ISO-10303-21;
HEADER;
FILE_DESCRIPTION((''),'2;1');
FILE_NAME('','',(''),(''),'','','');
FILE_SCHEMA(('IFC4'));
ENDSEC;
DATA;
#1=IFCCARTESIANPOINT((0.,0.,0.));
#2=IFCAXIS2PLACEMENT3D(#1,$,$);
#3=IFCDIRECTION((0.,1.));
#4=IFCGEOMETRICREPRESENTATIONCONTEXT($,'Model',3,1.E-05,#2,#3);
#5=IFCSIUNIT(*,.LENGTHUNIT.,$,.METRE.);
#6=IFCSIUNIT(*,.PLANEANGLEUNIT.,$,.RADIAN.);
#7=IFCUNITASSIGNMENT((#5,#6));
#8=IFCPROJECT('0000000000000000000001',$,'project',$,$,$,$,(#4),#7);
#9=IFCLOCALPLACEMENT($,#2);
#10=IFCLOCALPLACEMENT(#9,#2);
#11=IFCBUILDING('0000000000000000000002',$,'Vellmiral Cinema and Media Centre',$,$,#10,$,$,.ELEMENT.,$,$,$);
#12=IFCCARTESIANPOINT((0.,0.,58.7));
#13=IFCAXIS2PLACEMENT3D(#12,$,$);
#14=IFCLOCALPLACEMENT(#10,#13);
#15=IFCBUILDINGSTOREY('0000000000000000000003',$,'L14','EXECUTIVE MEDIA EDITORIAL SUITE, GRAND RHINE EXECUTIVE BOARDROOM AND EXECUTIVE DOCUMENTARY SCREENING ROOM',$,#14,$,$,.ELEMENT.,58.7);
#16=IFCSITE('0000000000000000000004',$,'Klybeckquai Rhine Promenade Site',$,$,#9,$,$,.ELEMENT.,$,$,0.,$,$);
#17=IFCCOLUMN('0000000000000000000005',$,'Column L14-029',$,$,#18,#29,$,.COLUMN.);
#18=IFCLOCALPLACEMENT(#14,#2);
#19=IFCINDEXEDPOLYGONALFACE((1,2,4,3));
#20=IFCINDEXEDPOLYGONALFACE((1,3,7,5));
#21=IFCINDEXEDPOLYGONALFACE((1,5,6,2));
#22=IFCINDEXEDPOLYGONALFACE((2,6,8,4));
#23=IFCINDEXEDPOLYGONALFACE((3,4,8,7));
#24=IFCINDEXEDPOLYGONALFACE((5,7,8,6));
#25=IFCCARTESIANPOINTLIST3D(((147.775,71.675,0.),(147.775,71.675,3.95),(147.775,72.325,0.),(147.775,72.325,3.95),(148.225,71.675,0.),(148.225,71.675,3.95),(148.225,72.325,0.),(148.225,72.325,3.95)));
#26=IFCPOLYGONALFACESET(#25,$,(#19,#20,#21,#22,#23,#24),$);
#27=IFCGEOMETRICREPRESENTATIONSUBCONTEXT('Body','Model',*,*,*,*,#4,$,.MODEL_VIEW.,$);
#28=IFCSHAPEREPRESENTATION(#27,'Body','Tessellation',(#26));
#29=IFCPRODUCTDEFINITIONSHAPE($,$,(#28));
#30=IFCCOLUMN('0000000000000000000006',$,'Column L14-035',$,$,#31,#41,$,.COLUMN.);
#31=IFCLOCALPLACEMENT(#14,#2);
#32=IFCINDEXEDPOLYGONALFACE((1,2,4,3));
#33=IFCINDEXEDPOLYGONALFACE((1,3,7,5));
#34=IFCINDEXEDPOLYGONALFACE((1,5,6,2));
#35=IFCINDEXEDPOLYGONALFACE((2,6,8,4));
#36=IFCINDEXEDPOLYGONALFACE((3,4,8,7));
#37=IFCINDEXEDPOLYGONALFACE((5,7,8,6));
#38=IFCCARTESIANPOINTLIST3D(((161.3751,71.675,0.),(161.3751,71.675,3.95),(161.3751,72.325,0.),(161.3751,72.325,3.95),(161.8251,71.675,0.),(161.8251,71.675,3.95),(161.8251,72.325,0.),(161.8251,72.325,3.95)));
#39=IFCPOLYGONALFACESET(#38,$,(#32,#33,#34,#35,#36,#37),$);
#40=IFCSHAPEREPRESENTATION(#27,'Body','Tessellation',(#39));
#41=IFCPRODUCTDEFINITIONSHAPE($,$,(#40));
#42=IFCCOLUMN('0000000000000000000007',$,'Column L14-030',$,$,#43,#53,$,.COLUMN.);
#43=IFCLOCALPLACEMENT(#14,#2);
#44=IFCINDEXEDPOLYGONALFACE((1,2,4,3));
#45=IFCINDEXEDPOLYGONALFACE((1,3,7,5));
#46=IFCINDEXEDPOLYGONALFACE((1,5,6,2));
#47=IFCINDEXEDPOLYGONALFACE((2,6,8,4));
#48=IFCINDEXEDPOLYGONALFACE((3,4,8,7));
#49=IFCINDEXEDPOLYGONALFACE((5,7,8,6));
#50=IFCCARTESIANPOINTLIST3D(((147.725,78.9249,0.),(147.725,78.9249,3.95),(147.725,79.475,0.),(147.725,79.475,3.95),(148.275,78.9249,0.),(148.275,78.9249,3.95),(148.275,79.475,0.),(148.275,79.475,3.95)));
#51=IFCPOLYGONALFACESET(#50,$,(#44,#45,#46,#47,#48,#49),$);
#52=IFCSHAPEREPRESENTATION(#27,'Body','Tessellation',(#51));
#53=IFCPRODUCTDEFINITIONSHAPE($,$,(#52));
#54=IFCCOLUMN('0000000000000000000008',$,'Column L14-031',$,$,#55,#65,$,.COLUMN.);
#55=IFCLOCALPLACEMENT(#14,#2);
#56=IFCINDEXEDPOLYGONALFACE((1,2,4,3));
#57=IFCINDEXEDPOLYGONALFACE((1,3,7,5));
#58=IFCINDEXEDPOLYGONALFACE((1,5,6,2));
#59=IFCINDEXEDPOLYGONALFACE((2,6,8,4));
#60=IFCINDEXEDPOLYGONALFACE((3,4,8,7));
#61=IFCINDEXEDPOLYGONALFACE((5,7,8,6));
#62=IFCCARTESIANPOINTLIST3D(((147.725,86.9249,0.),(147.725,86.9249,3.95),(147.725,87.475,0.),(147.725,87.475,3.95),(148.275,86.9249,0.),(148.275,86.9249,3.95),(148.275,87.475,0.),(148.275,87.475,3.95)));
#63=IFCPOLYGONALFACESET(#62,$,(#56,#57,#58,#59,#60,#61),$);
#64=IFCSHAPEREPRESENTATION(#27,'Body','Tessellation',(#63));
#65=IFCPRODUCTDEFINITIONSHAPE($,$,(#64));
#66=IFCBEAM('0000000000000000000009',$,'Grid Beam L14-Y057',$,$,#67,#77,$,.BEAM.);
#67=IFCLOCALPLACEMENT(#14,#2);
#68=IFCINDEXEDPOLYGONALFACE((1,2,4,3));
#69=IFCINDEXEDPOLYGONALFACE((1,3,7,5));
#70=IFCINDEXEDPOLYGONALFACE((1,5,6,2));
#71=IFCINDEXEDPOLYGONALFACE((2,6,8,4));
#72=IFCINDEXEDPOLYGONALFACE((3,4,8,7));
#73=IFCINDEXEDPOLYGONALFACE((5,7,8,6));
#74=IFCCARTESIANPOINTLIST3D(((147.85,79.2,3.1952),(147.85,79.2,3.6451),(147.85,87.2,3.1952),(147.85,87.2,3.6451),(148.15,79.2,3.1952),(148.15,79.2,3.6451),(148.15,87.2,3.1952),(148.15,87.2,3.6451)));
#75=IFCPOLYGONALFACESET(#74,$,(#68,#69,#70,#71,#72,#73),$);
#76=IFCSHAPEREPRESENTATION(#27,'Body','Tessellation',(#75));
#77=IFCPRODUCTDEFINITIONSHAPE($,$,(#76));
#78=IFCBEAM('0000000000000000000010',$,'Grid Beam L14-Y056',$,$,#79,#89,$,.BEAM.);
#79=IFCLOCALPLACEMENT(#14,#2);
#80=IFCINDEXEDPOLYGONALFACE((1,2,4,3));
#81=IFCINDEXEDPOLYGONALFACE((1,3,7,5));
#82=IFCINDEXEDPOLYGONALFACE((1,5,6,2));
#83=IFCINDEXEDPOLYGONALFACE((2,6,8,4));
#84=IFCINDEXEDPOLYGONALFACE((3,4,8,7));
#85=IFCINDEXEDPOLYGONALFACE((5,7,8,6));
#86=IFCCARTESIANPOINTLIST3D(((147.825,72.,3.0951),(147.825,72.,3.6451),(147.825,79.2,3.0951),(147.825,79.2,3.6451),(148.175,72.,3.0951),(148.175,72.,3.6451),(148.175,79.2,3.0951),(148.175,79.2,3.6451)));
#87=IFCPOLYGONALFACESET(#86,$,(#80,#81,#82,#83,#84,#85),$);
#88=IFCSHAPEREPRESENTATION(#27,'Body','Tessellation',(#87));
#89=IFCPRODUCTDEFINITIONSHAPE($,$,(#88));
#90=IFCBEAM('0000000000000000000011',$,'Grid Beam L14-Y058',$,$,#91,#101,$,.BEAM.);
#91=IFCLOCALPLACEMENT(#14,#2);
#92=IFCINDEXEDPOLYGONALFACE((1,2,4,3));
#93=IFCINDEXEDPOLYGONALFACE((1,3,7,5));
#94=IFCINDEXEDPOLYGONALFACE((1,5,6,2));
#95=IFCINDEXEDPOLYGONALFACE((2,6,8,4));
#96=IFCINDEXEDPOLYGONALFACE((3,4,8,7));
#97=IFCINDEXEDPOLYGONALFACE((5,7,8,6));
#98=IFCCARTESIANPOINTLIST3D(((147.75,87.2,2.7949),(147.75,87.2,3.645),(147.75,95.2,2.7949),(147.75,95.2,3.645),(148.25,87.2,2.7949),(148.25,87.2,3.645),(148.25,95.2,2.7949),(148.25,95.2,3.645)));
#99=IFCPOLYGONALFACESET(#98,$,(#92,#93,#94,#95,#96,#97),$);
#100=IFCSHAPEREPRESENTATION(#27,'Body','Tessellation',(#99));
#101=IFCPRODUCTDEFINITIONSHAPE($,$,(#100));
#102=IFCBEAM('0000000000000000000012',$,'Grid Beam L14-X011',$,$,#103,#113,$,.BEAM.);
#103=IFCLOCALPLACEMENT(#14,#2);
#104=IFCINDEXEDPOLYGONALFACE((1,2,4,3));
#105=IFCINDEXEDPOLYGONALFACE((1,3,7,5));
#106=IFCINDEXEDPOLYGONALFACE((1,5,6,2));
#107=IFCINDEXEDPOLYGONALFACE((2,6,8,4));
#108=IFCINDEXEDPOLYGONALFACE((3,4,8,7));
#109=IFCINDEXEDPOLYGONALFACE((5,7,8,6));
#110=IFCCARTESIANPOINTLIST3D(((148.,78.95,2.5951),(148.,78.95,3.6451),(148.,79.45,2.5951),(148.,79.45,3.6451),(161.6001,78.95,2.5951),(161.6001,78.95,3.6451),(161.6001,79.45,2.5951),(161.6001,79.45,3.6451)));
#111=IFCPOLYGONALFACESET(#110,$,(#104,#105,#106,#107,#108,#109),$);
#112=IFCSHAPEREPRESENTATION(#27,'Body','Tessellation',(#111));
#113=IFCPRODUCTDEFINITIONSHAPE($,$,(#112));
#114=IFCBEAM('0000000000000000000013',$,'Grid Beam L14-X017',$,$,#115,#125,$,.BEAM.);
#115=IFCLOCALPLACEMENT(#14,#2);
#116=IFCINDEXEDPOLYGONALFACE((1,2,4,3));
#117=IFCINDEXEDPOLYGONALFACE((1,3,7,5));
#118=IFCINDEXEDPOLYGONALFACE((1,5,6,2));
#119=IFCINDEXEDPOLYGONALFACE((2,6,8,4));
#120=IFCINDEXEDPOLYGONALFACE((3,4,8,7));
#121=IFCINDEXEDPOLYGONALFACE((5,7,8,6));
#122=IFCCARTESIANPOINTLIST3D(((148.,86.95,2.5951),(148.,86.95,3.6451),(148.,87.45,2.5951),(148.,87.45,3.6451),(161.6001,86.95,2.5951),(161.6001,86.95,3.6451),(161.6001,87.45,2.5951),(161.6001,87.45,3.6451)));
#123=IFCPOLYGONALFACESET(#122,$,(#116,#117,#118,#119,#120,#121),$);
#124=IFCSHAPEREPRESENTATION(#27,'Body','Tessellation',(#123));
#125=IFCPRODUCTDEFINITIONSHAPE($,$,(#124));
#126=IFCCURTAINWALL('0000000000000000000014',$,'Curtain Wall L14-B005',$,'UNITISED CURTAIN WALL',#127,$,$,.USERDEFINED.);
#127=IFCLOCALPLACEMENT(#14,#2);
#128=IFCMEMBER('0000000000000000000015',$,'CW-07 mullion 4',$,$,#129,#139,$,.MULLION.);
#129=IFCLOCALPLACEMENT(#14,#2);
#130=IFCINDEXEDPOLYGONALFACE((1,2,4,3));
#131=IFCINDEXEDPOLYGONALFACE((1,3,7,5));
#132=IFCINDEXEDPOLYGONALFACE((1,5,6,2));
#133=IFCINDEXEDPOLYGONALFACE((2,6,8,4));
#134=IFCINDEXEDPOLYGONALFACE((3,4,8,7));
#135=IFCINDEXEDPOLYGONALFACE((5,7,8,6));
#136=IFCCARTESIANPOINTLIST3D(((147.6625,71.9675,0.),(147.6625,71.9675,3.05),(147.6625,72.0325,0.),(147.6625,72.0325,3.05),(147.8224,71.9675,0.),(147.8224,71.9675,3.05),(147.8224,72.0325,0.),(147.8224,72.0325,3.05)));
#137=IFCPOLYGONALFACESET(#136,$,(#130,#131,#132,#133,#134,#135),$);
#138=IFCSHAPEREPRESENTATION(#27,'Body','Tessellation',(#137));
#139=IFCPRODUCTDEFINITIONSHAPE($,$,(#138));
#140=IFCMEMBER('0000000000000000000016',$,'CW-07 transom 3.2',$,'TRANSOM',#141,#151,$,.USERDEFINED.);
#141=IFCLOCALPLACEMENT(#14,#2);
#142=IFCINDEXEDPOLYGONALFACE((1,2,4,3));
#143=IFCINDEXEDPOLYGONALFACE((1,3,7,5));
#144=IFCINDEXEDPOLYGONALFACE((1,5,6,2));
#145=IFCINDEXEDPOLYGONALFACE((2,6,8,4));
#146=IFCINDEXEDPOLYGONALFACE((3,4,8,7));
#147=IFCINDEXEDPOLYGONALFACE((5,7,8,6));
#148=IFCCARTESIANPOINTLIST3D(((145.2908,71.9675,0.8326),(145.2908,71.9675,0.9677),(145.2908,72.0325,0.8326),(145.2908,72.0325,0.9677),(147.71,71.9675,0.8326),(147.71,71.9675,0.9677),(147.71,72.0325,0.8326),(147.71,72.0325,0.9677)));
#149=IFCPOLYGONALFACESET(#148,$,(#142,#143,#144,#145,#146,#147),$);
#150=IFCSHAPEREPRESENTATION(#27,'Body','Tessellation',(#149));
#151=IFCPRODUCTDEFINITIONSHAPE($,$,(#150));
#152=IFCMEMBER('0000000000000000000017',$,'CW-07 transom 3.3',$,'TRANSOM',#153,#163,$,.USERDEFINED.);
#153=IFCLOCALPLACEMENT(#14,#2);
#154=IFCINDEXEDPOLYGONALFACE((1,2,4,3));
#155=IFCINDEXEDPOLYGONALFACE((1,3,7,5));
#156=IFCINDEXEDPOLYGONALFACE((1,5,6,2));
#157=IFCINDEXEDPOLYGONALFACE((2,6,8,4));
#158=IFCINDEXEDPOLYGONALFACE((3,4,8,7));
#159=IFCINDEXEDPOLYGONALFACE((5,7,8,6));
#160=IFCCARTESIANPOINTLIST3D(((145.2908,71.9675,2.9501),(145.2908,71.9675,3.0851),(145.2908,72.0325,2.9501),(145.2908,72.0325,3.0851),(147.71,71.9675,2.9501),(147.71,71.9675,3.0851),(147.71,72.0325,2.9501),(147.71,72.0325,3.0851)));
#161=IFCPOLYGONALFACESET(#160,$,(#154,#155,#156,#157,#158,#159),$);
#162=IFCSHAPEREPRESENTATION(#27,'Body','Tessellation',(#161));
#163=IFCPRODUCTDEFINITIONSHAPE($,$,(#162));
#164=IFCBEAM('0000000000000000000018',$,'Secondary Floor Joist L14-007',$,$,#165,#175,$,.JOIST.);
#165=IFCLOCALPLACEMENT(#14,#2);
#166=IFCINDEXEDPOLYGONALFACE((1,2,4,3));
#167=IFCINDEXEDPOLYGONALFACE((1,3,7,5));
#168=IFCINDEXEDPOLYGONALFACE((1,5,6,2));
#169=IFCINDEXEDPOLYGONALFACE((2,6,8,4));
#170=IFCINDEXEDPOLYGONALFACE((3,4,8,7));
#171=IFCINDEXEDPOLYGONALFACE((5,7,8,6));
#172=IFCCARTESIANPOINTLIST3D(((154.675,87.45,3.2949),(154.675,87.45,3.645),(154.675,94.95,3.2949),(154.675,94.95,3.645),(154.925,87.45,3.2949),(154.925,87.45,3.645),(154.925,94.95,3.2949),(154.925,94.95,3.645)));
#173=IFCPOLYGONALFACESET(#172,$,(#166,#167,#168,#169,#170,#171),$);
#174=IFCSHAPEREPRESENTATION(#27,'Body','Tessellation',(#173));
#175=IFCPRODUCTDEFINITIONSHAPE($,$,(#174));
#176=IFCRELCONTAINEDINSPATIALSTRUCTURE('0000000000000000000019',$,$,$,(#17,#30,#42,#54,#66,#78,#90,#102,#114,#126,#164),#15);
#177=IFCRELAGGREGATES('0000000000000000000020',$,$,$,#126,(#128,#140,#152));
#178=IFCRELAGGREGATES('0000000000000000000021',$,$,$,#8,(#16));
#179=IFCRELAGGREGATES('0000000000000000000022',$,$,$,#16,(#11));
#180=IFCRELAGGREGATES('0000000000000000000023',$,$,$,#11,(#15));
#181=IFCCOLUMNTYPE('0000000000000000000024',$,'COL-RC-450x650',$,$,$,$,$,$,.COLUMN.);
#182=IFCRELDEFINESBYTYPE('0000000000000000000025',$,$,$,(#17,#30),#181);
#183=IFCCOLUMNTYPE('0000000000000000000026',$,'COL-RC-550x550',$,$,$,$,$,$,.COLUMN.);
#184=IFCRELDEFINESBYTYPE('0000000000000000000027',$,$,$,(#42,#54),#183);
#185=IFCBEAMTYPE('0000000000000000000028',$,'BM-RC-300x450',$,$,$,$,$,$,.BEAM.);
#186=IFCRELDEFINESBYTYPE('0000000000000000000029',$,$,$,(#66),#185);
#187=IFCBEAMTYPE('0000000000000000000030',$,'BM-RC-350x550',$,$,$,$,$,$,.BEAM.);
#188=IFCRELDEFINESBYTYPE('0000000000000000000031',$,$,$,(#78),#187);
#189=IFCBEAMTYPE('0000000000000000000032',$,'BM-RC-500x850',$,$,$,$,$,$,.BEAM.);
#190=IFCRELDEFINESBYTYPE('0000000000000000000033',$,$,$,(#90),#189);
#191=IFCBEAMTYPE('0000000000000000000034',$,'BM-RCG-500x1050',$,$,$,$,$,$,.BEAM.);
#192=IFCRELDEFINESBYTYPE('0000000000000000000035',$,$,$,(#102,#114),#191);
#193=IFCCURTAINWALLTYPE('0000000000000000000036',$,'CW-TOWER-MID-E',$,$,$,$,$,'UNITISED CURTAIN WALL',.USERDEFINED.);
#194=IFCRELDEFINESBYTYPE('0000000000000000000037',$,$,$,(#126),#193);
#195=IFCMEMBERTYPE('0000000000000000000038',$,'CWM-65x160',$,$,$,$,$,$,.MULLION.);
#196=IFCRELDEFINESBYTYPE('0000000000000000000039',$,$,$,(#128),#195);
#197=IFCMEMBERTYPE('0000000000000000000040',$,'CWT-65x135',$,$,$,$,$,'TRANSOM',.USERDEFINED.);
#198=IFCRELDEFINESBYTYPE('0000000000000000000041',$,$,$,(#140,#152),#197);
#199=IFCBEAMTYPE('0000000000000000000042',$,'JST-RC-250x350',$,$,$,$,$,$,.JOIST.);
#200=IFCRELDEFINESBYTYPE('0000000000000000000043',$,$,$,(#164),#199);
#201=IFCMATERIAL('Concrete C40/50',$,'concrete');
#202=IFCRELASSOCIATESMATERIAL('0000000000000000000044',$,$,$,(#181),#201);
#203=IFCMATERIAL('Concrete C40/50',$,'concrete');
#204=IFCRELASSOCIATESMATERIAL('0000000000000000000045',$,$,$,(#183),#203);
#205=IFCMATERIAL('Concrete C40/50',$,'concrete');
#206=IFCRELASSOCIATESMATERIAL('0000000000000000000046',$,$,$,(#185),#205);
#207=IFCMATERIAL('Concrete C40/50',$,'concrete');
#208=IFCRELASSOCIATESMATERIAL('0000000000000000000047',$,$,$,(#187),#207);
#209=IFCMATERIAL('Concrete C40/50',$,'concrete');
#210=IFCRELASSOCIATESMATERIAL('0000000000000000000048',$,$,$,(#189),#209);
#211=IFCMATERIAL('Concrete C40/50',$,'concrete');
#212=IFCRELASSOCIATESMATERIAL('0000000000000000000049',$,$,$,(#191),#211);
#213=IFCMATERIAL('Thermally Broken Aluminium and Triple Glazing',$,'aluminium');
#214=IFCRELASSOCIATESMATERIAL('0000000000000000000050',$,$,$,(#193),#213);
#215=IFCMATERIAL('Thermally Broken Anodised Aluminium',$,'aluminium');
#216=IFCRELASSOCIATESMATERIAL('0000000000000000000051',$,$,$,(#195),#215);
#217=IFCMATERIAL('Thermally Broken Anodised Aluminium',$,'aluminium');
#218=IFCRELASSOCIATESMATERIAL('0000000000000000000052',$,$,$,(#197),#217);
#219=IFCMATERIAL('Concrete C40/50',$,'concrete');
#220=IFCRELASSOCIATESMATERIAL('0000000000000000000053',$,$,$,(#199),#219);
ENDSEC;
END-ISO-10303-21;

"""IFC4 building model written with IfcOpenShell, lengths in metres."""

from ifc_helpers import new_model, si_unit, direction, frame, origin, origin_2d, place, context, subcontext, project, spatial, rectangle, extrude, material, material_profile, profile_set, type_object, element, aggregate, save


model = new_model("IFC4")

# Units and contexts
model_context = context("Model", 3, precision=1e-05, world=origin(), true_north=direction((0.0, 1.0)))
body_context = subcontext(model_context, "Body", "Model", "MODEL_VIEW")
ifc_project = project(units=[si_unit("LENGTHUNIT", "METRE"), si_unit("PLANEANGLEUNIT", "RADIAN")], contexts=[model_context])

# Site, building, storey
site_placement = place(None, origin())
site = spatial("IfcSite", under=ifc_project, at=site_placement, Name="Klybeckquai Rhine Promenade Site", CompositionType="ELEMENT", RefElevation=0.0)
building_placement = place(site_placement, origin())
building = spatial("IfcBuilding", under=site, at=building_placement, Name="Vellmiral Cinema and Media Centre", CompositionType="ELEMENT")
storey_placement = place(building_placement, frame((0.0, 0.0, 58.7)))
storey = spatial("IfcBuildingStorey", under=building, at=storey_placement, Name="L14", Description="EXECUTIVE MEDIA EDITORIAL SUITE, GRAND RHINE EXECUTIVE BOARDROOM AND EXECUTIVE DOCUMENTARY SCREENING ROOM", CompositionType="ELEMENT", Elevation=58.7)

# Columns
ifc_material_1 = material(Name="Concrete C40/50", Category="concrete")
ifc_material_profile_1 = material_profile(ifc_material_1, rectangle(XDim=0.45, YDim=0.6499, at=origin_2d()), Name="RC 450x650")
ifc_profile_set_1 = profile_set([ifc_material_profile_1], Name="Concrete C40/50")
column_type_1 = type_object("IfcColumnType", Name="COL-RC-450x650", PredefinedType="COLUMN", material=ifc_profile_set_1)
for number, where, z_axis, x_axis, name in (
    (1, (148.0, 72.0, 0.0), (0.0, 0.0, 1.0), (1.0, 0.0, 0.0), "Column L14-029"),
    (2, (161.6001, 72.0, 0.0), (0.0, 0.0, 1.0), (1.0, 0.0, 0.0), "Column L14-035"),
):
    element("IfcColumn", number, at=place(storey_placement, frame(where, z_axis=z_axis, x_axis=x_axis)), inside=storey, type_object=column_type_1, Name=name, PredefinedType="COLUMN", context=body_context, shape_type="SweptSolid", body=[
        extrude(rectangle(XDim=0.45, YDim=0.6499, at=origin_2d()), origin(), (0.0, 0.0, 1.0), 3.95),
    ])
ifc_material_2 = material(Name="Concrete C40/50", Category="concrete")
ifc_material_profile_2 = material_profile(ifc_material_2, rectangle(XDim=0.55, YDim=0.55, at=origin_2d()), Name="RC 550x550")
ifc_profile_set_2 = profile_set([ifc_material_profile_2], Name="Concrete C40/50")
column_type_2 = type_object("IfcColumnType", Name="COL-RC-550x550", PredefinedType="COLUMN", material=ifc_profile_set_2)
for number, where, z_axis, x_axis, name in (
    (3, (148.0, 79.2, 0.0), (0.0, 0.0, 1.0), (1.0, 0.0, 0.0), "Column L14-030"),
    (4, (148.0, 87.2, 0.0), (0.0, 0.0, 1.0), (1.0, 0.0, 0.0), "Column L14-031"),
):
    element("IfcColumn", number, at=place(storey_placement, frame(where, z_axis=z_axis, x_axis=x_axis)), inside=storey, type_object=column_type_2, Name=name, PredefinedType="COLUMN", context=body_context, shape_type="SweptSolid", body=[
        extrude(rectangle(XDim=0.55, YDim=0.55, at=origin_2d()), origin(), (0.0, 0.0, 1.0), 3.95),
    ])

# Beams
ifc_material_3 = material(Name="Concrete C40/50", Category="concrete")
ifc_material_profile_3 = material_profile(ifc_material_3, rectangle(XDim=0.3, YDim=0.45, at=origin_2d()), Name="RC 300x450")
ifc_profile_set_3 = profile_set([ifc_material_profile_3], Name="Concrete C40/50")
beam_type_1 = type_object("IfcBeamType", Name="BM-RC-300x450", PredefinedType="BEAM", material=ifc_profile_set_3)
beam_1_placement = place(storey_placement, frame((148.0, 79.2, 3.4202), z_axis=(0.0, 1.0, 0.0), x_axis=(-1.0, 0.0, 0.0)))
element("IfcBeam", 5, at=beam_1_placement, inside=storey, type_object=beam_type_1, Name="Grid Beam L14-Y057", PredefinedType="BEAM", context=body_context, shape_type="SweptSolid", body=[
    extrude(rectangle(XDim=0.3, YDim=0.45, at=origin_2d()), origin(), (0.0, 0.0, 1.0), 8.0),
])
ifc_material_4 = material(Name="Concrete C40/50", Category="concrete")
ifc_material_profile_4 = material_profile(ifc_material_4, rectangle(XDim=0.3501, YDim=0.55, at=origin_2d()), Name="RC 350x550")
ifc_profile_set_4 = profile_set([ifc_material_profile_4], Name="Concrete C40/50")
beam_type_2 = type_object("IfcBeamType", Name="BM-RC-350x550", PredefinedType="BEAM", material=ifc_profile_set_4)
beam_2_placement = place(storey_placement, frame((148.0, 72.0, 3.3701), z_axis=(0.0, 1.0, 0.0), x_axis=(-1.0, 0.0, 0.0)))
element("IfcBeam", 6, at=beam_2_placement, inside=storey, type_object=beam_type_2, Name="Grid Beam L14-Y056", PredefinedType="BEAM", context=body_context, shape_type="SweptSolid", body=[
    extrude(rectangle(XDim=0.3501, YDim=0.55, at=origin_2d()), origin(), (0.0, 0.0, 1.0), 7.2),
])
ifc_material_5 = material(Name="Concrete C40/50", Category="concrete")
ifc_material_profile_5 = material_profile(ifc_material_5, rectangle(XDim=0.5, YDim=0.8501, at=origin_2d()), Name="RC 500x850")
ifc_profile_set_5 = profile_set([ifc_material_profile_5], Name="Concrete C40/50")
beam_type_3 = type_object("IfcBeamType", Name="BM-RC-500x850", PredefinedType="BEAM", material=ifc_profile_set_5)
beam_3_placement = place(storey_placement, frame((148.0, 87.2, 3.22), z_axis=(0.0, 1.0, 0.0), x_axis=(-1.0, 0.0, 0.0)))
element("IfcBeam", 7, at=beam_3_placement, inside=storey, type_object=beam_type_3, Name="Grid Beam L14-Y058", PredefinedType="BEAM", context=body_context, shape_type="SweptSolid", body=[
    extrude(rectangle(XDim=0.5, YDim=0.8501, at=origin_2d()), origin(), (0.0, 0.0, 1.0), 8.0),
])
ifc_material_6 = material(Name="Concrete C40/50", Category="concrete")
ifc_material_profile_6 = material_profile(ifc_material_6, rectangle(XDim=0.5, YDim=1.05, at=origin_2d()), Name="RC 500x1050")
ifc_profile_set_6 = profile_set([ifc_material_profile_6], Name="Concrete C40/50")
beam_type_4 = type_object("IfcBeamType", Name="BM-RCG-500x1050", PredefinedType="BEAM", material=ifc_profile_set_6)
for number, where, z_axis, x_axis, name in (
    (8, (148.0, 79.2, 3.1201), (1.0, 0.0, 0.0), (0.0, 1.0, 0.0), "Grid Beam L14-X011"),
    (9, (148.0, 87.2, 3.1201), (1.0, 0.0, 0.0), (0.0, 1.0, 0.0), "Grid Beam L14-X017"),
):
    element("IfcBeam", number, at=place(storey_placement, frame(where, z_axis=z_axis, x_axis=x_axis)), inside=storey, type_object=beam_type_4, Name=name, PredefinedType="BEAM", context=body_context, shape_type="SweptSolid", body=[
        extrude(rectangle(XDim=0.5, YDim=1.05, at=origin_2d()), origin(), (0.0, 0.0, 1.0), 13.6001),
    ])

# Curtain wall, members
ifc_material_7 = material(Name="Thermally Broken Aluminium and Triple Glazing", Category="aluminium")
curtain_wall_type = type_object("IfcCurtainWallType", Name="CW-TOWER-MID-E", ElementType="UNITISED CURTAIN WALL", PredefinedType="USERDEFINED", material=ifc_material_7)
curtain_wall_placement = place(storey_placement, origin())
curtain_wall = element("IfcCurtainWall", 10, at=curtain_wall_placement, inside=storey, type_object=curtain_wall_type, Name="Curtain Wall L14-B005", ObjectType="UNITISED CURTAIN WALL", PredefinedType="USERDEFINED")
ifc_material_8 = material(Name="Thermally Broken Anodised Aluminium", Category="aluminium")
ifc_material_profile_7 = material_profile(ifc_material_8, rectangle(XDim=0.0649, YDim=0.1599, at=origin_2d()), Name="MULL 65x160")
ifc_profile_set_7 = profile_set([ifc_material_profile_7], Name="Thermally Broken Anodised Aluminium")
member_type_1 = type_object("IfcMemberType", Name="CWM-65x160", PredefinedType="MULLION", material=ifc_profile_set_7)
member_1_placement = place(storey_placement, frame((147.7424, 72.0, 0.0), z_axis=(0.0, 0.0, 1.0), x_axis=(0.0, 1.0, 0.0)))
member_1 = element("IfcMember", 11, at=member_1_placement, type_object=member_type_1, Name="CW-07 mullion 4", PredefinedType="MULLION", context=body_context, shape_type="SweptSolid", body=[
    extrude(rectangle(XDim=0.0649, YDim=0.1599, at=origin_2d()), origin(), (0.0, 0.0, 1.0), 3.05),
])
ifc_material_9 = material(Name="Thermally Broken Anodised Aluminium", Category="aluminium")
ifc_material_profile_8 = material_profile(ifc_material_9, rectangle(XDim=0.0649, YDim=0.135, at=origin_2d()), Name="MULL 65x135")
ifc_profile_set_8 = profile_set([ifc_material_profile_8], Name="Thermally Broken Anodised Aluminium")
member_type_2 = type_object("IfcMemberType", Name="CWT-65x135", ElementType="TRANSOM", PredefinedType="USERDEFINED", material=ifc_profile_set_8)
member_2_placement = place(storey_placement, frame((145.2908, 72.0, 0.9001), z_axis=(1.0, 0.0, 0.0), x_axis=(0.0, 1.0, 0.0)))
member_2 = element("IfcMember", 12, at=member_2_placement, type_object=member_type_2, Name="CW-07 transom 3.2", ObjectType="TRANSOM", PredefinedType="USERDEFINED", context=body_context, shape_type="SweptSolid", body=[
    extrude(rectangle(XDim=0.0649, YDim=0.135, at=origin_2d()), origin(), (0.0, 0.0, 1.0), 2.4192),
])
member_3_placement = place(storey_placement, frame((145.2908, 72.0, 3.0176), z_axis=(1.0, 0.0, 0.0), x_axis=(0.0, 1.0, 0.0)))
member_3 = element("IfcMember", 13, at=member_3_placement, type_object=member_type_2, Name="CW-07 transom 3.3", ObjectType="TRANSOM", PredefinedType="USERDEFINED", context=body_context, shape_type="SweptSolid", body=[
    extrude(rectangle(XDim=0.0649, YDim=0.135, at=origin_2d()), origin(), (0.0, 0.0, 1.0), 2.4192),
])

# Beam
ifc_material_10 = material(Name="Concrete C40/50", Category="concrete")
ifc_material_profile_9 = material_profile(ifc_material_10, rectangle(XDim=0.25, YDim=0.3501, at=origin_2d()), Name="RC 250x350")
ifc_profile_set_9 = profile_set([ifc_material_profile_9], Name="Concrete C40/50")
beam_type_5 = type_object("IfcBeamType", Name="JST-RC-250x350", PredefinedType="JOIST", material=ifc_profile_set_9)
beam_4_placement = place(storey_placement, frame((154.8, 87.45, 3.47), z_axis=(0.0, 1.0, 0.0), x_axis=(-1.0, 0.0, 0.0)))
element("IfcBeam", 14, at=beam_4_placement, inside=storey, type_object=beam_type_5, Name="Secondary Floor Joist L14-007", PredefinedType="JOIST", context=body_context, shape_type="SweptSolid", body=[
    extrude(rectangle(XDim=0.25, YDim=0.3501, at=origin_2d()), origin(), (0.0, 0.0, 1.0), 7.5),
])

aggregate(curtain_wall, [member_1, member_2, member_3])

save(model, "model.ifc")
